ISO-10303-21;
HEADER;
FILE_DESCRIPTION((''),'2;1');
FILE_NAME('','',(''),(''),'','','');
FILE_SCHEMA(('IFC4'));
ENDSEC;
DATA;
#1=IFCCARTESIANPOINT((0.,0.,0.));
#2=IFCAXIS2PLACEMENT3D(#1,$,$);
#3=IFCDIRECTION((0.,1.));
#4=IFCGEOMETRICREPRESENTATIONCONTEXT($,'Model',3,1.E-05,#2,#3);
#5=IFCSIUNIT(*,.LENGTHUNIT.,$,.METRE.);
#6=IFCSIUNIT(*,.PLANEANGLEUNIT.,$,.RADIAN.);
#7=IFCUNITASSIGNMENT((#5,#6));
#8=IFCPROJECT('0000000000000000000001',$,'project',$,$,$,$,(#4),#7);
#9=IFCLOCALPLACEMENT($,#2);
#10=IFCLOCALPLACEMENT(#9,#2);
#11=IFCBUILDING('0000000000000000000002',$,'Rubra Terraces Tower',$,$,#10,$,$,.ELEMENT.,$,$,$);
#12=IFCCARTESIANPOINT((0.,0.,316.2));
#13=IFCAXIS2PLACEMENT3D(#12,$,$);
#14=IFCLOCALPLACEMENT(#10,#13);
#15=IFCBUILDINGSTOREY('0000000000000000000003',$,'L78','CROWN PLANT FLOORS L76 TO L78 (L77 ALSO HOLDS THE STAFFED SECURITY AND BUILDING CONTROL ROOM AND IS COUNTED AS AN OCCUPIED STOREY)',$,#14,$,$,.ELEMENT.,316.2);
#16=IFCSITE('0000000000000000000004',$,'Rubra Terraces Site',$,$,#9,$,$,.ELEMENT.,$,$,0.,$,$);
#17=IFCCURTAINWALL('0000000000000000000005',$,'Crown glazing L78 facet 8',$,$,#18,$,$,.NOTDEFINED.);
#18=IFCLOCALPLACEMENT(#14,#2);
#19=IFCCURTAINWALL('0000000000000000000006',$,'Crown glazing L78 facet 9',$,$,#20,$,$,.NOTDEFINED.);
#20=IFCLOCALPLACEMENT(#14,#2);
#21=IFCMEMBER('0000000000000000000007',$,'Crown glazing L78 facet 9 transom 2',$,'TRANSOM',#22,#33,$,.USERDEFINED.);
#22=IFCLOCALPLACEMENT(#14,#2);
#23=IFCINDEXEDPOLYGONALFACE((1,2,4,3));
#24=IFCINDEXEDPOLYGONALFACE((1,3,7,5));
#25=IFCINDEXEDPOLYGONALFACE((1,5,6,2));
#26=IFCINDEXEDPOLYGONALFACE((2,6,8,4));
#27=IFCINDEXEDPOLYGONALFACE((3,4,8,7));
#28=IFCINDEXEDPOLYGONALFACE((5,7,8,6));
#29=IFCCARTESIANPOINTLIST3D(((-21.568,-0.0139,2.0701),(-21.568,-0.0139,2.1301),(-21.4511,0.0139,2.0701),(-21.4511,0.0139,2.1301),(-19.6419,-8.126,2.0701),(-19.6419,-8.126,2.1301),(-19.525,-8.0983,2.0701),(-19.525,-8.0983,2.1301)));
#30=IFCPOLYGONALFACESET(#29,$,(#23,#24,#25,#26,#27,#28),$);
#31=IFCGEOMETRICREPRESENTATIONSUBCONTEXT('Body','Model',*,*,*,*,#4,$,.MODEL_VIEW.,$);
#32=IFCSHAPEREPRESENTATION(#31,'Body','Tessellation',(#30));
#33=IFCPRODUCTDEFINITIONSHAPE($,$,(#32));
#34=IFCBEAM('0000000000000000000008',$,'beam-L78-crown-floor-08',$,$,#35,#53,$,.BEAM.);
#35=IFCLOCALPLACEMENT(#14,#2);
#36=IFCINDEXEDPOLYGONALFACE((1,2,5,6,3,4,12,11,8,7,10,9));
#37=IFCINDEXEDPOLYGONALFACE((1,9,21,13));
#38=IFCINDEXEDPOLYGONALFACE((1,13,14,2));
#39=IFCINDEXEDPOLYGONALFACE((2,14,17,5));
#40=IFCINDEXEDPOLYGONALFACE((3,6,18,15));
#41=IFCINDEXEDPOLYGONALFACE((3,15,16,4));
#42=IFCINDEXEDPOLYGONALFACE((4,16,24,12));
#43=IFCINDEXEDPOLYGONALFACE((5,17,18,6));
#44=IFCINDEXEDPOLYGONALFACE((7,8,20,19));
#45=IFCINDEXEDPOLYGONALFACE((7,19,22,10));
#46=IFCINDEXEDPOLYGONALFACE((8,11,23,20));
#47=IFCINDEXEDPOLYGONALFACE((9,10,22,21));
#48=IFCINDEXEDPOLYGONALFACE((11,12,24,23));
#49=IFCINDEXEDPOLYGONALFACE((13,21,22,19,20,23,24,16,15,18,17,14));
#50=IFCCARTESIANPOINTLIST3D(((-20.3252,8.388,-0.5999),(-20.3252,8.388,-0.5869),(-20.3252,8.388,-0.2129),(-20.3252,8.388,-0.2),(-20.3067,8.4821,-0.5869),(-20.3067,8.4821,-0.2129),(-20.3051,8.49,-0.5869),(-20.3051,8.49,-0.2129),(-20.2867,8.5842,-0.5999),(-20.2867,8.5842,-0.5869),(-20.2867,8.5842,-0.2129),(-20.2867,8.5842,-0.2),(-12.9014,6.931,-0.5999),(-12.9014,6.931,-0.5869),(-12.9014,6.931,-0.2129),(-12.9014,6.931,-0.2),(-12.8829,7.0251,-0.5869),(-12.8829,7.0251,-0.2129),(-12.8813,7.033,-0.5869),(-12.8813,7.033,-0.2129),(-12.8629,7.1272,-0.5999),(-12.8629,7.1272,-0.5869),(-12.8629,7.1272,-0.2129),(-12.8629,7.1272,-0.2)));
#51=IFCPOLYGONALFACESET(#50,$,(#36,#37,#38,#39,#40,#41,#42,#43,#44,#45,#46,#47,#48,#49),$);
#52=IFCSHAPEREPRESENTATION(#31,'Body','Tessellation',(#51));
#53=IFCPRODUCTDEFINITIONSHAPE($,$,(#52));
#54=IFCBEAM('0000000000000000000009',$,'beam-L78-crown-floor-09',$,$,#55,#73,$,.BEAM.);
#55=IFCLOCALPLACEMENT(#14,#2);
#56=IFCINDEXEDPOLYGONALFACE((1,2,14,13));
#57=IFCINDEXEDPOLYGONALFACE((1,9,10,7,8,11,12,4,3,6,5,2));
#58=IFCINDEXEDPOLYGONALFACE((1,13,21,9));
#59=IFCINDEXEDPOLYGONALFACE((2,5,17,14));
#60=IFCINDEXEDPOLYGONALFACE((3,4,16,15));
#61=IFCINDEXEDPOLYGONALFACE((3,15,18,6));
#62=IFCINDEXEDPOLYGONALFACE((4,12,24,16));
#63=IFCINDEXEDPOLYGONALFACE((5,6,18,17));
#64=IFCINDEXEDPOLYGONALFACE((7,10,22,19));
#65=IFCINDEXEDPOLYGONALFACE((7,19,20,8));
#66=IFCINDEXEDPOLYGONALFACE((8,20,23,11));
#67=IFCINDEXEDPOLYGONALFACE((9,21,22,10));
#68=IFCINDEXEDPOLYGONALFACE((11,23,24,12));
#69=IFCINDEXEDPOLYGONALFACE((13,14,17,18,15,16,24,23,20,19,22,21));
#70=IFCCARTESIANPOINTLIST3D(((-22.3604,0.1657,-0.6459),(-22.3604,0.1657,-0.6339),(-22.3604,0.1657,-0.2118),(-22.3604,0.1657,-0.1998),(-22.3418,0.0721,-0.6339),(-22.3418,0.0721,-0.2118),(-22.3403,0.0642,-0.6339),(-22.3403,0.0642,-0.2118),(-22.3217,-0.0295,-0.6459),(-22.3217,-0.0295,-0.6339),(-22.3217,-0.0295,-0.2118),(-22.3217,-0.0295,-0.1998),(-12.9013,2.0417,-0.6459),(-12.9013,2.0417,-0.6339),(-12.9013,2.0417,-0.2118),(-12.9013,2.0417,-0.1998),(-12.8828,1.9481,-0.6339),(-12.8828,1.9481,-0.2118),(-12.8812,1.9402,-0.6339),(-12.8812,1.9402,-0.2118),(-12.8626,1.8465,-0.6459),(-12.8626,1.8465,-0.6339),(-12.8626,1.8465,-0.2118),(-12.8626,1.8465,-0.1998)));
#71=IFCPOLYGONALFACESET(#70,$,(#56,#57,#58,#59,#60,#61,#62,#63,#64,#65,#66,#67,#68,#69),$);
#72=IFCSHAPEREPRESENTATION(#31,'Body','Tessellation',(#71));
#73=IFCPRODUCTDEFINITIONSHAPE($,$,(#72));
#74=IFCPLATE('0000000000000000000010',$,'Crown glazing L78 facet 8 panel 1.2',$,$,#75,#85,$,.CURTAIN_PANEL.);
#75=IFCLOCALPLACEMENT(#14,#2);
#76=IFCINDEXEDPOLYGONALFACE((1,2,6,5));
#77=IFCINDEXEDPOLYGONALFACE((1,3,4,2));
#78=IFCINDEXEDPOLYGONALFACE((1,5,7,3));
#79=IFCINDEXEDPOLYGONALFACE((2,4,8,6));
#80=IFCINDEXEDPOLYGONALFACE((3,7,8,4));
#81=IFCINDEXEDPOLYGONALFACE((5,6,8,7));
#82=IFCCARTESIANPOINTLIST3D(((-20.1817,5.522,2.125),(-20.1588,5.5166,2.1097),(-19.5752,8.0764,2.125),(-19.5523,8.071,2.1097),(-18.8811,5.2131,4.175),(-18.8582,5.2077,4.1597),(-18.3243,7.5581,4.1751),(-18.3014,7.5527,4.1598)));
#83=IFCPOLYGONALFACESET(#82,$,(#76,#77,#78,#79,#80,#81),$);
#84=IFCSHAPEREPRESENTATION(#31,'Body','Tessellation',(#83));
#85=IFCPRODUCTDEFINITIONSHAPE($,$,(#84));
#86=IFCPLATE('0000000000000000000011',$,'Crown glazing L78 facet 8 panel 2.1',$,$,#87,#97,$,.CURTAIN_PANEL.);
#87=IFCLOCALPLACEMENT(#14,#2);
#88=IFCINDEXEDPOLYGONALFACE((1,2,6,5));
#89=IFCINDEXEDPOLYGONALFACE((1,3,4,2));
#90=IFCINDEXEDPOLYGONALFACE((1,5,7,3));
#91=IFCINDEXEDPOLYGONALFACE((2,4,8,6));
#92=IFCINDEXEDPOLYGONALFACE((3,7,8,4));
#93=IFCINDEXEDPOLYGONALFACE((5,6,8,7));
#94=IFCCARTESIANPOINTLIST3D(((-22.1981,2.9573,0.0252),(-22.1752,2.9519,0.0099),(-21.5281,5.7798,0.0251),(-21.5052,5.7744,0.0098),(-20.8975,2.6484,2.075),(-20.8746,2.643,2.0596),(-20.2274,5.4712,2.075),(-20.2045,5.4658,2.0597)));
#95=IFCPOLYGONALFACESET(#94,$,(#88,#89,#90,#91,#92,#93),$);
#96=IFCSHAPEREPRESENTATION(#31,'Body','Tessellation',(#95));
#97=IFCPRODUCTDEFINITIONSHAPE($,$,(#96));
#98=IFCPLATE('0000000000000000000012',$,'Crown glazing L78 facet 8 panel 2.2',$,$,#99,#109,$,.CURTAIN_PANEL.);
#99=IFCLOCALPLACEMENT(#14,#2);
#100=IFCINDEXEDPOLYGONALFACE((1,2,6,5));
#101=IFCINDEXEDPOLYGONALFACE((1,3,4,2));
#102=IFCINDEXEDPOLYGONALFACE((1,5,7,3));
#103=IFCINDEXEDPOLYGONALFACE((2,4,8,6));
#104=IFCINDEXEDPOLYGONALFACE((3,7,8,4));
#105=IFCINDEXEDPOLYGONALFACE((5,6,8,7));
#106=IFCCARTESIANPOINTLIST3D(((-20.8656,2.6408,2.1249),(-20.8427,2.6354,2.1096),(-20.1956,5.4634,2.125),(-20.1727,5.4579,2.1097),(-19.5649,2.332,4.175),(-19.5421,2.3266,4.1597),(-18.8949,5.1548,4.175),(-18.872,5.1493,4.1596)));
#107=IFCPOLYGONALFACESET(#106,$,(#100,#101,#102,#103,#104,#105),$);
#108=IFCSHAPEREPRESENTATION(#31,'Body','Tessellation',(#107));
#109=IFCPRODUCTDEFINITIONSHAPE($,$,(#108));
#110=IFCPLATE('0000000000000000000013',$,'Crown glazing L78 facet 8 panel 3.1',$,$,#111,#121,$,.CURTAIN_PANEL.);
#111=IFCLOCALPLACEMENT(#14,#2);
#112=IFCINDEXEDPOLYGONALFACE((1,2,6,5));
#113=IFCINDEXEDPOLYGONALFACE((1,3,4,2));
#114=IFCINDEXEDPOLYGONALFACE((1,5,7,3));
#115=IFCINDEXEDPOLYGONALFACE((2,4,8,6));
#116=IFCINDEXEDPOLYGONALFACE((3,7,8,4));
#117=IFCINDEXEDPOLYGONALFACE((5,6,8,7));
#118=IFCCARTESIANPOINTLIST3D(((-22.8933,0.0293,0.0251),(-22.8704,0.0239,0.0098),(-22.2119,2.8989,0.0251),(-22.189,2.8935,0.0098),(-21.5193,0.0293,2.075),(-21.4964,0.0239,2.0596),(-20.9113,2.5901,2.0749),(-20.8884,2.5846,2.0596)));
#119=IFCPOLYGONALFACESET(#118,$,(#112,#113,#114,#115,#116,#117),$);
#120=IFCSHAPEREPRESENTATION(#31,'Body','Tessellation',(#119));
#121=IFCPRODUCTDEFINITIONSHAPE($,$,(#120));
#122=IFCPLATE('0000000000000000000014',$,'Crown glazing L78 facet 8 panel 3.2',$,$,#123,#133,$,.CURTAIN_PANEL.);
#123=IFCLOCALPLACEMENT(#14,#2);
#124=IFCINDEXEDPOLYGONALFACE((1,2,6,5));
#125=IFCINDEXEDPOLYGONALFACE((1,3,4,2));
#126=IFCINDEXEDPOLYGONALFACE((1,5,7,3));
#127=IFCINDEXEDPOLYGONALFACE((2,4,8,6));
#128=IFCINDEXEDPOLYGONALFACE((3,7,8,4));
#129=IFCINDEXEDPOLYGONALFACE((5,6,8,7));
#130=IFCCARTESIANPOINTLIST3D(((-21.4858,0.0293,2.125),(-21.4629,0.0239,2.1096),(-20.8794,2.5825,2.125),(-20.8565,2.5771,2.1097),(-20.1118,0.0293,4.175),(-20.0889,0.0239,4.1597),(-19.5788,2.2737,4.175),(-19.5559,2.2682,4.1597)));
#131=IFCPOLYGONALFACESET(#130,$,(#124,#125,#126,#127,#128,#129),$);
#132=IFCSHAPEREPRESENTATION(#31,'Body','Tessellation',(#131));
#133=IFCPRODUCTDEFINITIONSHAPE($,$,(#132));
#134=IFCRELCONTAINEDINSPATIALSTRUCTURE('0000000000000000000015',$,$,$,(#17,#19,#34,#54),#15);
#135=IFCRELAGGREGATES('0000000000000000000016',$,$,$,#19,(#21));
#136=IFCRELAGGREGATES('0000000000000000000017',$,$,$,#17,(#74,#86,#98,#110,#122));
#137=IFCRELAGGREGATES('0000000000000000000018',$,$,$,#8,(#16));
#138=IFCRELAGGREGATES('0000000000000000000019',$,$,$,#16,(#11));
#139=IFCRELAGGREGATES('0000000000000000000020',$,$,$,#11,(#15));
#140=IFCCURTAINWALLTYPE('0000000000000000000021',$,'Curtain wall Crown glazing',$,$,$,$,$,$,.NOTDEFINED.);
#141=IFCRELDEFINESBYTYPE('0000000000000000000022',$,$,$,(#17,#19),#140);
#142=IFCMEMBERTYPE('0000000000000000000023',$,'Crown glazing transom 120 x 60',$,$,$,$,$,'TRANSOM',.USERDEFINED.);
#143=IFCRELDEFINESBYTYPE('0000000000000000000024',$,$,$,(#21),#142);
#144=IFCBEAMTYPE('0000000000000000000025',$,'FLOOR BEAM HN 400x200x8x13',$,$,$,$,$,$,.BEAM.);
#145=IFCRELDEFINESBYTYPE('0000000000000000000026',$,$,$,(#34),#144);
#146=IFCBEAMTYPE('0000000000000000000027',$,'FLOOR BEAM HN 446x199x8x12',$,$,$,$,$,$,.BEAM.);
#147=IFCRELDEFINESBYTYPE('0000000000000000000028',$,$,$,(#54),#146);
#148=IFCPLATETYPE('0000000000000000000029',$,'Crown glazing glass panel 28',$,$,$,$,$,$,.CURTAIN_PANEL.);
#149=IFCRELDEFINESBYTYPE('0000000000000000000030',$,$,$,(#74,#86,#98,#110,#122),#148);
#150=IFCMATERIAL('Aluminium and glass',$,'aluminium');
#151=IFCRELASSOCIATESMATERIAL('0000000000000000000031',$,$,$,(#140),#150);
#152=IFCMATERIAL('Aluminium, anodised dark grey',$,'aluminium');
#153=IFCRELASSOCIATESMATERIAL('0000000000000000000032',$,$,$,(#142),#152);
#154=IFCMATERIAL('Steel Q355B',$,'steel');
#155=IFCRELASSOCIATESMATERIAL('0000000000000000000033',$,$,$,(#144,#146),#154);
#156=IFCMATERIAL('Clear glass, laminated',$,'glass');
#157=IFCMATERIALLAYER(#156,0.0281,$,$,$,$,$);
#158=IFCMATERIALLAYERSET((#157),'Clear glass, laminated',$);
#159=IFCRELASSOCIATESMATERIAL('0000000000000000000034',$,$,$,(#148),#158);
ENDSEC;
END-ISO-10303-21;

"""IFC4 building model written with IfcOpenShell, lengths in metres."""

from ifc_helpers import new_model, si_unit, direction, frame, origin, origin_2d, place, context, subcontext, project, spatial, polyline, rectangle, i_section, outline, extrude, material, layer, layer_set, material_profile, profile_set, type_object, element, aggregate, save


model = new_model("IFC4")

# Units and contexts
model_context = context("Model", 3, precision=1e-05, world=origin(), true_north=direction((0.0, 1.0)))
body_context = subcontext(model_context, "Body", "Model", "MODEL_VIEW")
ifc_project = project(units=[si_unit("LENGTHUNIT", "METRE"), si_unit("PLANEANGLEUNIT", "RADIAN")], contexts=[model_context])

# Site, building, storey
site_placement = place(None, origin())
site = spatial("IfcSite", under=ifc_project, at=site_placement, Name="Rubra Terraces Site", CompositionType="ELEMENT", RefElevation=0.0)
building_placement = place(site_placement, origin())
building = spatial("IfcBuilding", under=site, at=building_placement, Name="Rubra Terraces Tower", CompositionType="ELEMENT")
storey_placement = place(building_placement, frame((0.0, 0.0, 316.2)))
storey = spatial("IfcBuildingStorey", under=building, at=storey_placement, Name="L78", Description="CROWN PLANT FLOORS L76 TO L78 (L77 ALSO HOLDS THE STAFFED SECURITY AND BUILDING CONTROL ROOM AND IS COUNTED AS AN OCCUPIED STOREY)", CompositionType="ELEMENT", Elevation=316.2)

# Shared definitions
ifc_material_1 = material(Name="Steel Q355B", Category="steel")

# Curtain walls, member
ifc_material_2 = material(Name="Aluminium and glass", Category="aluminium")
curtain_wall_type = type_object("IfcCurtainWallType", Name="Curtain wall Crown glazing", PredefinedType="NOTDEFINED", material=ifc_material_2)
curtain_wall_1_placement = place(storey_placement, origin())
curtain_wall_1 = element("IfcCurtainWall", 1, at=curtain_wall_1_placement, inside=storey, type_object=curtain_wall_type, Name="Crown glazing L78 facet 8", PredefinedType="NOTDEFINED")
ifc_material_3 = material(Name="Aluminium, anodised dark grey", Category="aluminium")
ifc_material_profile_1 = material_profile(ifc_material_3, rectangle(XDim=0.1201, YDim=0.0601, at=origin_2d()), Name="AL 120x60")
ifc_profile_set_1 = profile_set([ifc_material_profile_1], Name="Aluminium, anodised dark grey")
member_type_1 = type_object("IfcMemberType", Name="Crown glazing transom 120 x 60", ElementType="TRANSOM", PredefinedType="USERDEFINED", material=ifc_profile_set_1)
curtain_wall_2_placement = place(storey_placement, origin())
curtain_wall_2 = element("IfcCurtainWall", 2, at=curtain_wall_2_placement, inside=storey, type_object=curtain_wall_type, Name="Crown glazing L78 facet 9", PredefinedType="NOTDEFINED")
member_1_placement = place(storey_placement, frame((-21.5095, 0.0, 2.1001), z_axis=(0.231006, -0.972952, 0.0), x_axis=(0.972952, 0.231006, 0.0)))
member_1 = element("IfcMember", 3, at=member_1_placement, type_object=member_type_1, Name="Crown glazing L78 facet 9 transom 2", ObjectType="TRANSOM", PredefinedType="USERDEFINED", context=body_context, shape_type="SweptSolid", body=[
    extrude(rectangle(XDim=0.1201, YDim=0.0601, at=origin_2d()), origin(), (0.0, 0.0, 1.0), 8.3376),
])
aggregate(curtain_wall_2, [member_1])

# Beams
ifc_material_profile_2 = material_profile(ifc_material_1, i_section(OverallWidth=0.2, OverallDepth=0.3999, WebThickness=0.0081, FlangeThickness=0.0129, at=origin_2d()), Name="HN 400x200x8x13")
ifc_profile_set_2 = profile_set([ifc_material_profile_2], Name="Steel Q355B")
beam_type_1 = type_object("IfcBeamType", Name="FLOOR BEAM HN 400x200x8x13", PredefinedType="BEAM", material=ifc_profile_set_2)
beam_1_placement = place(storey_placement, frame((-20.3059, 8.4861, -0.3999), z_axis=(0.981279, -0.19259, 0.0), x_axis=(0.19259, 0.981279, 0.0)))
element("IfcBeam", 4, at=beam_1_placement, inside=storey, type_object=beam_type_1, Name="beam-L78-crown-floor-08", PredefinedType="BEAM", context=body_context, shape_type="SweptSolid", body=[
    extrude(i_section(OverallWidth=0.2, OverallDepth=0.3999, WebThickness=0.0081, FlangeThickness=0.0129, at=origin_2d()), origin(), (0.0, 0.0, 1.0), 7.5654),
])
ifc_material_profile_3 = material_profile(ifc_material_1, i_section(OverallWidth=0.199, OverallDepth=0.446, WebThickness=0.0081, FlangeThickness=0.012, at=origin_2d()), Name="HN 446x199x8x12")
ifc_profile_set_3 = profile_set([ifc_material_profile_3], Name="Steel Q355B")
beam_type_2 = type_object("IfcBeamType", Name="FLOOR BEAM HN 446x199x8x12", PredefinedType="BEAM", material=ifc_profile_set_3)
beam_2_placement = place(storey_placement, frame((-22.3411, 0.0681, -0.4229), z_axis=(0.980895, 0.194538, 0.0), x_axis=(-0.194538, 0.980895, 0.0)))
element("IfcBeam", 5, at=beam_2_placement, inside=storey, type_object=beam_type_2, Name="beam-L78-crown-floor-09", PredefinedType="BEAM", context=body_context, shape_type="SweptSolid", body=[
    extrude(i_section(OverallWidth=0.199, OverallDepth=0.446, WebThickness=0.0081, FlangeThickness=0.012, at=origin_2d()), origin(), (0.0, 0.0, 1.0), 9.6433),
])

# Plates
ifc_material_4 = material(Name="Clear glass, laminated", Category="glass")
ifc_layer_1 = layer(ifc_material_4, 0.0281)
ifc_layer_set_1 = layer_set([ifc_layer_1], Name="Clear glass, laminated")
plate_type = type_object("IfcPlateType", Name="Crown glazing glass panel 28", PredefinedType="CURTAIN_PANEL", material=ifc_layer_set_1)
plate_1_placement = place(storey_placement, frame((-19.5752, 8.0764, 2.125), z_axis=(-0.814989, 0.193513, 0.546211), x_axis=(-0.23101, -0.972951, 0.000015)))
plate_1 = element("IfcPlate", 6, at=plate_1_placement, type_object=plate_type, Name="Crown glazing L78 facet 8 panel 1.2", PredefinedType="CURTAIN_PANEL", context=body_context, shape_type="SweptSolid", body=[
    extrude(outline(polyline([(0.0, 0.0), (2.6254, 0.0), (2.6255, 2.4473), (0.2153, 2.4474), (0.0, 0.0)])), origin(), (0.0, 0.0, -1.0), 0.0281),
])
plate_2_placement = place(storey_placement, frame((-21.5281, 5.7798, 0.0251), z_axis=(-0.81497, 0.19346, 0.546258), x_axis=(-0.230955, -0.972964, 0.000014)))
plate_2 = element("IfcPlate", 7, at=plate_2_placement, type_object=plate_type, Name="Crown glazing L78 facet 8 panel 2.1", PredefinedType="CURTAIN_PANEL", context=body_context, shape_type="SweptSolid", body=[
    extrude(outline(polyline([(0.0, 0.0), (2.9009, 0.0), (2.9011, 2.4471), (-0.0001, 2.4472), (0.0, 0.0)])), origin(), (0.0, 0.0, -1.0), 0.0281),
])
plate_3_placement = place(storey_placement, frame((-20.1956, 5.4634, 2.125), z_axis=(-0.814999, 0.193467, 0.546212), x_axis=(-0.230979, -0.972959, -0.000023)))
plate_3 = element("IfcPlate", 8, at=plate_3_placement, type_object=plate_type, Name="Crown glazing L78 facet 8 panel 2.2", PredefinedType="CURTAIN_PANEL", context=body_context, shape_type="SweptSolid", body=[
    extrude(outline(polyline([(0.0, 0.0), (2.901, 0.0), (2.901, 2.4475), (-0.0002, 2.4473), (0.0, 0.0)])), origin(), (0.0, 0.0, -1.0), 0.0281),
])
plate_4_placement = place(storey_placement, frame((-22.2119, 2.8989, 0.0251), z_axis=(-0.814965, 0.193491, 0.546254), x_axis=(-0.231009, -0.972952, -0.000012)))
plate_4 = element("IfcPlate", 9, at=plate_4_placement, type_object=plate_type, Name="Crown glazing L78 facet 8 panel 3.1", PredefinedType="CURTAIN_PANEL", context=body_context, shape_type="SweptSolid", body=[
    extrude(outline(polyline([(0.0, 0.0), (2.9494, 0.0), (2.632, 2.4472), (0.0, 2.4471), (0.0, 0.0)])), origin(), (0.0, 0.0, -1.0), 0.0281),
])
plate_5_placement = place(storey_placement, frame((-20.8794, 2.5825, 2.125), z_axis=(-0.814982, 0.193554, 0.546206), x_axis=(-0.231075, -0.972936, -0.000012)))
plate_5 = element("IfcPlate", 10, at=plate_5_placement, type_object=plate_type, Name="Crown glazing L78 facet 8 panel 3.2", PredefinedType="CURTAIN_PANEL", context=body_context, shape_type="SweptSolid", body=[
    extrude(outline(polyline([(0.0, 0.0), (2.6243, 0.0), (2.3067, 2.4474), (-0.0001, 2.4473), (0.0, 0.0)])), origin(), (0.0, 0.0, -1.0), 0.0281),
])
aggregate(curtain_wall_1, [plate_1, plate_2, plate_3, plate_4, plate_5])

save(model, "model.ifc")
